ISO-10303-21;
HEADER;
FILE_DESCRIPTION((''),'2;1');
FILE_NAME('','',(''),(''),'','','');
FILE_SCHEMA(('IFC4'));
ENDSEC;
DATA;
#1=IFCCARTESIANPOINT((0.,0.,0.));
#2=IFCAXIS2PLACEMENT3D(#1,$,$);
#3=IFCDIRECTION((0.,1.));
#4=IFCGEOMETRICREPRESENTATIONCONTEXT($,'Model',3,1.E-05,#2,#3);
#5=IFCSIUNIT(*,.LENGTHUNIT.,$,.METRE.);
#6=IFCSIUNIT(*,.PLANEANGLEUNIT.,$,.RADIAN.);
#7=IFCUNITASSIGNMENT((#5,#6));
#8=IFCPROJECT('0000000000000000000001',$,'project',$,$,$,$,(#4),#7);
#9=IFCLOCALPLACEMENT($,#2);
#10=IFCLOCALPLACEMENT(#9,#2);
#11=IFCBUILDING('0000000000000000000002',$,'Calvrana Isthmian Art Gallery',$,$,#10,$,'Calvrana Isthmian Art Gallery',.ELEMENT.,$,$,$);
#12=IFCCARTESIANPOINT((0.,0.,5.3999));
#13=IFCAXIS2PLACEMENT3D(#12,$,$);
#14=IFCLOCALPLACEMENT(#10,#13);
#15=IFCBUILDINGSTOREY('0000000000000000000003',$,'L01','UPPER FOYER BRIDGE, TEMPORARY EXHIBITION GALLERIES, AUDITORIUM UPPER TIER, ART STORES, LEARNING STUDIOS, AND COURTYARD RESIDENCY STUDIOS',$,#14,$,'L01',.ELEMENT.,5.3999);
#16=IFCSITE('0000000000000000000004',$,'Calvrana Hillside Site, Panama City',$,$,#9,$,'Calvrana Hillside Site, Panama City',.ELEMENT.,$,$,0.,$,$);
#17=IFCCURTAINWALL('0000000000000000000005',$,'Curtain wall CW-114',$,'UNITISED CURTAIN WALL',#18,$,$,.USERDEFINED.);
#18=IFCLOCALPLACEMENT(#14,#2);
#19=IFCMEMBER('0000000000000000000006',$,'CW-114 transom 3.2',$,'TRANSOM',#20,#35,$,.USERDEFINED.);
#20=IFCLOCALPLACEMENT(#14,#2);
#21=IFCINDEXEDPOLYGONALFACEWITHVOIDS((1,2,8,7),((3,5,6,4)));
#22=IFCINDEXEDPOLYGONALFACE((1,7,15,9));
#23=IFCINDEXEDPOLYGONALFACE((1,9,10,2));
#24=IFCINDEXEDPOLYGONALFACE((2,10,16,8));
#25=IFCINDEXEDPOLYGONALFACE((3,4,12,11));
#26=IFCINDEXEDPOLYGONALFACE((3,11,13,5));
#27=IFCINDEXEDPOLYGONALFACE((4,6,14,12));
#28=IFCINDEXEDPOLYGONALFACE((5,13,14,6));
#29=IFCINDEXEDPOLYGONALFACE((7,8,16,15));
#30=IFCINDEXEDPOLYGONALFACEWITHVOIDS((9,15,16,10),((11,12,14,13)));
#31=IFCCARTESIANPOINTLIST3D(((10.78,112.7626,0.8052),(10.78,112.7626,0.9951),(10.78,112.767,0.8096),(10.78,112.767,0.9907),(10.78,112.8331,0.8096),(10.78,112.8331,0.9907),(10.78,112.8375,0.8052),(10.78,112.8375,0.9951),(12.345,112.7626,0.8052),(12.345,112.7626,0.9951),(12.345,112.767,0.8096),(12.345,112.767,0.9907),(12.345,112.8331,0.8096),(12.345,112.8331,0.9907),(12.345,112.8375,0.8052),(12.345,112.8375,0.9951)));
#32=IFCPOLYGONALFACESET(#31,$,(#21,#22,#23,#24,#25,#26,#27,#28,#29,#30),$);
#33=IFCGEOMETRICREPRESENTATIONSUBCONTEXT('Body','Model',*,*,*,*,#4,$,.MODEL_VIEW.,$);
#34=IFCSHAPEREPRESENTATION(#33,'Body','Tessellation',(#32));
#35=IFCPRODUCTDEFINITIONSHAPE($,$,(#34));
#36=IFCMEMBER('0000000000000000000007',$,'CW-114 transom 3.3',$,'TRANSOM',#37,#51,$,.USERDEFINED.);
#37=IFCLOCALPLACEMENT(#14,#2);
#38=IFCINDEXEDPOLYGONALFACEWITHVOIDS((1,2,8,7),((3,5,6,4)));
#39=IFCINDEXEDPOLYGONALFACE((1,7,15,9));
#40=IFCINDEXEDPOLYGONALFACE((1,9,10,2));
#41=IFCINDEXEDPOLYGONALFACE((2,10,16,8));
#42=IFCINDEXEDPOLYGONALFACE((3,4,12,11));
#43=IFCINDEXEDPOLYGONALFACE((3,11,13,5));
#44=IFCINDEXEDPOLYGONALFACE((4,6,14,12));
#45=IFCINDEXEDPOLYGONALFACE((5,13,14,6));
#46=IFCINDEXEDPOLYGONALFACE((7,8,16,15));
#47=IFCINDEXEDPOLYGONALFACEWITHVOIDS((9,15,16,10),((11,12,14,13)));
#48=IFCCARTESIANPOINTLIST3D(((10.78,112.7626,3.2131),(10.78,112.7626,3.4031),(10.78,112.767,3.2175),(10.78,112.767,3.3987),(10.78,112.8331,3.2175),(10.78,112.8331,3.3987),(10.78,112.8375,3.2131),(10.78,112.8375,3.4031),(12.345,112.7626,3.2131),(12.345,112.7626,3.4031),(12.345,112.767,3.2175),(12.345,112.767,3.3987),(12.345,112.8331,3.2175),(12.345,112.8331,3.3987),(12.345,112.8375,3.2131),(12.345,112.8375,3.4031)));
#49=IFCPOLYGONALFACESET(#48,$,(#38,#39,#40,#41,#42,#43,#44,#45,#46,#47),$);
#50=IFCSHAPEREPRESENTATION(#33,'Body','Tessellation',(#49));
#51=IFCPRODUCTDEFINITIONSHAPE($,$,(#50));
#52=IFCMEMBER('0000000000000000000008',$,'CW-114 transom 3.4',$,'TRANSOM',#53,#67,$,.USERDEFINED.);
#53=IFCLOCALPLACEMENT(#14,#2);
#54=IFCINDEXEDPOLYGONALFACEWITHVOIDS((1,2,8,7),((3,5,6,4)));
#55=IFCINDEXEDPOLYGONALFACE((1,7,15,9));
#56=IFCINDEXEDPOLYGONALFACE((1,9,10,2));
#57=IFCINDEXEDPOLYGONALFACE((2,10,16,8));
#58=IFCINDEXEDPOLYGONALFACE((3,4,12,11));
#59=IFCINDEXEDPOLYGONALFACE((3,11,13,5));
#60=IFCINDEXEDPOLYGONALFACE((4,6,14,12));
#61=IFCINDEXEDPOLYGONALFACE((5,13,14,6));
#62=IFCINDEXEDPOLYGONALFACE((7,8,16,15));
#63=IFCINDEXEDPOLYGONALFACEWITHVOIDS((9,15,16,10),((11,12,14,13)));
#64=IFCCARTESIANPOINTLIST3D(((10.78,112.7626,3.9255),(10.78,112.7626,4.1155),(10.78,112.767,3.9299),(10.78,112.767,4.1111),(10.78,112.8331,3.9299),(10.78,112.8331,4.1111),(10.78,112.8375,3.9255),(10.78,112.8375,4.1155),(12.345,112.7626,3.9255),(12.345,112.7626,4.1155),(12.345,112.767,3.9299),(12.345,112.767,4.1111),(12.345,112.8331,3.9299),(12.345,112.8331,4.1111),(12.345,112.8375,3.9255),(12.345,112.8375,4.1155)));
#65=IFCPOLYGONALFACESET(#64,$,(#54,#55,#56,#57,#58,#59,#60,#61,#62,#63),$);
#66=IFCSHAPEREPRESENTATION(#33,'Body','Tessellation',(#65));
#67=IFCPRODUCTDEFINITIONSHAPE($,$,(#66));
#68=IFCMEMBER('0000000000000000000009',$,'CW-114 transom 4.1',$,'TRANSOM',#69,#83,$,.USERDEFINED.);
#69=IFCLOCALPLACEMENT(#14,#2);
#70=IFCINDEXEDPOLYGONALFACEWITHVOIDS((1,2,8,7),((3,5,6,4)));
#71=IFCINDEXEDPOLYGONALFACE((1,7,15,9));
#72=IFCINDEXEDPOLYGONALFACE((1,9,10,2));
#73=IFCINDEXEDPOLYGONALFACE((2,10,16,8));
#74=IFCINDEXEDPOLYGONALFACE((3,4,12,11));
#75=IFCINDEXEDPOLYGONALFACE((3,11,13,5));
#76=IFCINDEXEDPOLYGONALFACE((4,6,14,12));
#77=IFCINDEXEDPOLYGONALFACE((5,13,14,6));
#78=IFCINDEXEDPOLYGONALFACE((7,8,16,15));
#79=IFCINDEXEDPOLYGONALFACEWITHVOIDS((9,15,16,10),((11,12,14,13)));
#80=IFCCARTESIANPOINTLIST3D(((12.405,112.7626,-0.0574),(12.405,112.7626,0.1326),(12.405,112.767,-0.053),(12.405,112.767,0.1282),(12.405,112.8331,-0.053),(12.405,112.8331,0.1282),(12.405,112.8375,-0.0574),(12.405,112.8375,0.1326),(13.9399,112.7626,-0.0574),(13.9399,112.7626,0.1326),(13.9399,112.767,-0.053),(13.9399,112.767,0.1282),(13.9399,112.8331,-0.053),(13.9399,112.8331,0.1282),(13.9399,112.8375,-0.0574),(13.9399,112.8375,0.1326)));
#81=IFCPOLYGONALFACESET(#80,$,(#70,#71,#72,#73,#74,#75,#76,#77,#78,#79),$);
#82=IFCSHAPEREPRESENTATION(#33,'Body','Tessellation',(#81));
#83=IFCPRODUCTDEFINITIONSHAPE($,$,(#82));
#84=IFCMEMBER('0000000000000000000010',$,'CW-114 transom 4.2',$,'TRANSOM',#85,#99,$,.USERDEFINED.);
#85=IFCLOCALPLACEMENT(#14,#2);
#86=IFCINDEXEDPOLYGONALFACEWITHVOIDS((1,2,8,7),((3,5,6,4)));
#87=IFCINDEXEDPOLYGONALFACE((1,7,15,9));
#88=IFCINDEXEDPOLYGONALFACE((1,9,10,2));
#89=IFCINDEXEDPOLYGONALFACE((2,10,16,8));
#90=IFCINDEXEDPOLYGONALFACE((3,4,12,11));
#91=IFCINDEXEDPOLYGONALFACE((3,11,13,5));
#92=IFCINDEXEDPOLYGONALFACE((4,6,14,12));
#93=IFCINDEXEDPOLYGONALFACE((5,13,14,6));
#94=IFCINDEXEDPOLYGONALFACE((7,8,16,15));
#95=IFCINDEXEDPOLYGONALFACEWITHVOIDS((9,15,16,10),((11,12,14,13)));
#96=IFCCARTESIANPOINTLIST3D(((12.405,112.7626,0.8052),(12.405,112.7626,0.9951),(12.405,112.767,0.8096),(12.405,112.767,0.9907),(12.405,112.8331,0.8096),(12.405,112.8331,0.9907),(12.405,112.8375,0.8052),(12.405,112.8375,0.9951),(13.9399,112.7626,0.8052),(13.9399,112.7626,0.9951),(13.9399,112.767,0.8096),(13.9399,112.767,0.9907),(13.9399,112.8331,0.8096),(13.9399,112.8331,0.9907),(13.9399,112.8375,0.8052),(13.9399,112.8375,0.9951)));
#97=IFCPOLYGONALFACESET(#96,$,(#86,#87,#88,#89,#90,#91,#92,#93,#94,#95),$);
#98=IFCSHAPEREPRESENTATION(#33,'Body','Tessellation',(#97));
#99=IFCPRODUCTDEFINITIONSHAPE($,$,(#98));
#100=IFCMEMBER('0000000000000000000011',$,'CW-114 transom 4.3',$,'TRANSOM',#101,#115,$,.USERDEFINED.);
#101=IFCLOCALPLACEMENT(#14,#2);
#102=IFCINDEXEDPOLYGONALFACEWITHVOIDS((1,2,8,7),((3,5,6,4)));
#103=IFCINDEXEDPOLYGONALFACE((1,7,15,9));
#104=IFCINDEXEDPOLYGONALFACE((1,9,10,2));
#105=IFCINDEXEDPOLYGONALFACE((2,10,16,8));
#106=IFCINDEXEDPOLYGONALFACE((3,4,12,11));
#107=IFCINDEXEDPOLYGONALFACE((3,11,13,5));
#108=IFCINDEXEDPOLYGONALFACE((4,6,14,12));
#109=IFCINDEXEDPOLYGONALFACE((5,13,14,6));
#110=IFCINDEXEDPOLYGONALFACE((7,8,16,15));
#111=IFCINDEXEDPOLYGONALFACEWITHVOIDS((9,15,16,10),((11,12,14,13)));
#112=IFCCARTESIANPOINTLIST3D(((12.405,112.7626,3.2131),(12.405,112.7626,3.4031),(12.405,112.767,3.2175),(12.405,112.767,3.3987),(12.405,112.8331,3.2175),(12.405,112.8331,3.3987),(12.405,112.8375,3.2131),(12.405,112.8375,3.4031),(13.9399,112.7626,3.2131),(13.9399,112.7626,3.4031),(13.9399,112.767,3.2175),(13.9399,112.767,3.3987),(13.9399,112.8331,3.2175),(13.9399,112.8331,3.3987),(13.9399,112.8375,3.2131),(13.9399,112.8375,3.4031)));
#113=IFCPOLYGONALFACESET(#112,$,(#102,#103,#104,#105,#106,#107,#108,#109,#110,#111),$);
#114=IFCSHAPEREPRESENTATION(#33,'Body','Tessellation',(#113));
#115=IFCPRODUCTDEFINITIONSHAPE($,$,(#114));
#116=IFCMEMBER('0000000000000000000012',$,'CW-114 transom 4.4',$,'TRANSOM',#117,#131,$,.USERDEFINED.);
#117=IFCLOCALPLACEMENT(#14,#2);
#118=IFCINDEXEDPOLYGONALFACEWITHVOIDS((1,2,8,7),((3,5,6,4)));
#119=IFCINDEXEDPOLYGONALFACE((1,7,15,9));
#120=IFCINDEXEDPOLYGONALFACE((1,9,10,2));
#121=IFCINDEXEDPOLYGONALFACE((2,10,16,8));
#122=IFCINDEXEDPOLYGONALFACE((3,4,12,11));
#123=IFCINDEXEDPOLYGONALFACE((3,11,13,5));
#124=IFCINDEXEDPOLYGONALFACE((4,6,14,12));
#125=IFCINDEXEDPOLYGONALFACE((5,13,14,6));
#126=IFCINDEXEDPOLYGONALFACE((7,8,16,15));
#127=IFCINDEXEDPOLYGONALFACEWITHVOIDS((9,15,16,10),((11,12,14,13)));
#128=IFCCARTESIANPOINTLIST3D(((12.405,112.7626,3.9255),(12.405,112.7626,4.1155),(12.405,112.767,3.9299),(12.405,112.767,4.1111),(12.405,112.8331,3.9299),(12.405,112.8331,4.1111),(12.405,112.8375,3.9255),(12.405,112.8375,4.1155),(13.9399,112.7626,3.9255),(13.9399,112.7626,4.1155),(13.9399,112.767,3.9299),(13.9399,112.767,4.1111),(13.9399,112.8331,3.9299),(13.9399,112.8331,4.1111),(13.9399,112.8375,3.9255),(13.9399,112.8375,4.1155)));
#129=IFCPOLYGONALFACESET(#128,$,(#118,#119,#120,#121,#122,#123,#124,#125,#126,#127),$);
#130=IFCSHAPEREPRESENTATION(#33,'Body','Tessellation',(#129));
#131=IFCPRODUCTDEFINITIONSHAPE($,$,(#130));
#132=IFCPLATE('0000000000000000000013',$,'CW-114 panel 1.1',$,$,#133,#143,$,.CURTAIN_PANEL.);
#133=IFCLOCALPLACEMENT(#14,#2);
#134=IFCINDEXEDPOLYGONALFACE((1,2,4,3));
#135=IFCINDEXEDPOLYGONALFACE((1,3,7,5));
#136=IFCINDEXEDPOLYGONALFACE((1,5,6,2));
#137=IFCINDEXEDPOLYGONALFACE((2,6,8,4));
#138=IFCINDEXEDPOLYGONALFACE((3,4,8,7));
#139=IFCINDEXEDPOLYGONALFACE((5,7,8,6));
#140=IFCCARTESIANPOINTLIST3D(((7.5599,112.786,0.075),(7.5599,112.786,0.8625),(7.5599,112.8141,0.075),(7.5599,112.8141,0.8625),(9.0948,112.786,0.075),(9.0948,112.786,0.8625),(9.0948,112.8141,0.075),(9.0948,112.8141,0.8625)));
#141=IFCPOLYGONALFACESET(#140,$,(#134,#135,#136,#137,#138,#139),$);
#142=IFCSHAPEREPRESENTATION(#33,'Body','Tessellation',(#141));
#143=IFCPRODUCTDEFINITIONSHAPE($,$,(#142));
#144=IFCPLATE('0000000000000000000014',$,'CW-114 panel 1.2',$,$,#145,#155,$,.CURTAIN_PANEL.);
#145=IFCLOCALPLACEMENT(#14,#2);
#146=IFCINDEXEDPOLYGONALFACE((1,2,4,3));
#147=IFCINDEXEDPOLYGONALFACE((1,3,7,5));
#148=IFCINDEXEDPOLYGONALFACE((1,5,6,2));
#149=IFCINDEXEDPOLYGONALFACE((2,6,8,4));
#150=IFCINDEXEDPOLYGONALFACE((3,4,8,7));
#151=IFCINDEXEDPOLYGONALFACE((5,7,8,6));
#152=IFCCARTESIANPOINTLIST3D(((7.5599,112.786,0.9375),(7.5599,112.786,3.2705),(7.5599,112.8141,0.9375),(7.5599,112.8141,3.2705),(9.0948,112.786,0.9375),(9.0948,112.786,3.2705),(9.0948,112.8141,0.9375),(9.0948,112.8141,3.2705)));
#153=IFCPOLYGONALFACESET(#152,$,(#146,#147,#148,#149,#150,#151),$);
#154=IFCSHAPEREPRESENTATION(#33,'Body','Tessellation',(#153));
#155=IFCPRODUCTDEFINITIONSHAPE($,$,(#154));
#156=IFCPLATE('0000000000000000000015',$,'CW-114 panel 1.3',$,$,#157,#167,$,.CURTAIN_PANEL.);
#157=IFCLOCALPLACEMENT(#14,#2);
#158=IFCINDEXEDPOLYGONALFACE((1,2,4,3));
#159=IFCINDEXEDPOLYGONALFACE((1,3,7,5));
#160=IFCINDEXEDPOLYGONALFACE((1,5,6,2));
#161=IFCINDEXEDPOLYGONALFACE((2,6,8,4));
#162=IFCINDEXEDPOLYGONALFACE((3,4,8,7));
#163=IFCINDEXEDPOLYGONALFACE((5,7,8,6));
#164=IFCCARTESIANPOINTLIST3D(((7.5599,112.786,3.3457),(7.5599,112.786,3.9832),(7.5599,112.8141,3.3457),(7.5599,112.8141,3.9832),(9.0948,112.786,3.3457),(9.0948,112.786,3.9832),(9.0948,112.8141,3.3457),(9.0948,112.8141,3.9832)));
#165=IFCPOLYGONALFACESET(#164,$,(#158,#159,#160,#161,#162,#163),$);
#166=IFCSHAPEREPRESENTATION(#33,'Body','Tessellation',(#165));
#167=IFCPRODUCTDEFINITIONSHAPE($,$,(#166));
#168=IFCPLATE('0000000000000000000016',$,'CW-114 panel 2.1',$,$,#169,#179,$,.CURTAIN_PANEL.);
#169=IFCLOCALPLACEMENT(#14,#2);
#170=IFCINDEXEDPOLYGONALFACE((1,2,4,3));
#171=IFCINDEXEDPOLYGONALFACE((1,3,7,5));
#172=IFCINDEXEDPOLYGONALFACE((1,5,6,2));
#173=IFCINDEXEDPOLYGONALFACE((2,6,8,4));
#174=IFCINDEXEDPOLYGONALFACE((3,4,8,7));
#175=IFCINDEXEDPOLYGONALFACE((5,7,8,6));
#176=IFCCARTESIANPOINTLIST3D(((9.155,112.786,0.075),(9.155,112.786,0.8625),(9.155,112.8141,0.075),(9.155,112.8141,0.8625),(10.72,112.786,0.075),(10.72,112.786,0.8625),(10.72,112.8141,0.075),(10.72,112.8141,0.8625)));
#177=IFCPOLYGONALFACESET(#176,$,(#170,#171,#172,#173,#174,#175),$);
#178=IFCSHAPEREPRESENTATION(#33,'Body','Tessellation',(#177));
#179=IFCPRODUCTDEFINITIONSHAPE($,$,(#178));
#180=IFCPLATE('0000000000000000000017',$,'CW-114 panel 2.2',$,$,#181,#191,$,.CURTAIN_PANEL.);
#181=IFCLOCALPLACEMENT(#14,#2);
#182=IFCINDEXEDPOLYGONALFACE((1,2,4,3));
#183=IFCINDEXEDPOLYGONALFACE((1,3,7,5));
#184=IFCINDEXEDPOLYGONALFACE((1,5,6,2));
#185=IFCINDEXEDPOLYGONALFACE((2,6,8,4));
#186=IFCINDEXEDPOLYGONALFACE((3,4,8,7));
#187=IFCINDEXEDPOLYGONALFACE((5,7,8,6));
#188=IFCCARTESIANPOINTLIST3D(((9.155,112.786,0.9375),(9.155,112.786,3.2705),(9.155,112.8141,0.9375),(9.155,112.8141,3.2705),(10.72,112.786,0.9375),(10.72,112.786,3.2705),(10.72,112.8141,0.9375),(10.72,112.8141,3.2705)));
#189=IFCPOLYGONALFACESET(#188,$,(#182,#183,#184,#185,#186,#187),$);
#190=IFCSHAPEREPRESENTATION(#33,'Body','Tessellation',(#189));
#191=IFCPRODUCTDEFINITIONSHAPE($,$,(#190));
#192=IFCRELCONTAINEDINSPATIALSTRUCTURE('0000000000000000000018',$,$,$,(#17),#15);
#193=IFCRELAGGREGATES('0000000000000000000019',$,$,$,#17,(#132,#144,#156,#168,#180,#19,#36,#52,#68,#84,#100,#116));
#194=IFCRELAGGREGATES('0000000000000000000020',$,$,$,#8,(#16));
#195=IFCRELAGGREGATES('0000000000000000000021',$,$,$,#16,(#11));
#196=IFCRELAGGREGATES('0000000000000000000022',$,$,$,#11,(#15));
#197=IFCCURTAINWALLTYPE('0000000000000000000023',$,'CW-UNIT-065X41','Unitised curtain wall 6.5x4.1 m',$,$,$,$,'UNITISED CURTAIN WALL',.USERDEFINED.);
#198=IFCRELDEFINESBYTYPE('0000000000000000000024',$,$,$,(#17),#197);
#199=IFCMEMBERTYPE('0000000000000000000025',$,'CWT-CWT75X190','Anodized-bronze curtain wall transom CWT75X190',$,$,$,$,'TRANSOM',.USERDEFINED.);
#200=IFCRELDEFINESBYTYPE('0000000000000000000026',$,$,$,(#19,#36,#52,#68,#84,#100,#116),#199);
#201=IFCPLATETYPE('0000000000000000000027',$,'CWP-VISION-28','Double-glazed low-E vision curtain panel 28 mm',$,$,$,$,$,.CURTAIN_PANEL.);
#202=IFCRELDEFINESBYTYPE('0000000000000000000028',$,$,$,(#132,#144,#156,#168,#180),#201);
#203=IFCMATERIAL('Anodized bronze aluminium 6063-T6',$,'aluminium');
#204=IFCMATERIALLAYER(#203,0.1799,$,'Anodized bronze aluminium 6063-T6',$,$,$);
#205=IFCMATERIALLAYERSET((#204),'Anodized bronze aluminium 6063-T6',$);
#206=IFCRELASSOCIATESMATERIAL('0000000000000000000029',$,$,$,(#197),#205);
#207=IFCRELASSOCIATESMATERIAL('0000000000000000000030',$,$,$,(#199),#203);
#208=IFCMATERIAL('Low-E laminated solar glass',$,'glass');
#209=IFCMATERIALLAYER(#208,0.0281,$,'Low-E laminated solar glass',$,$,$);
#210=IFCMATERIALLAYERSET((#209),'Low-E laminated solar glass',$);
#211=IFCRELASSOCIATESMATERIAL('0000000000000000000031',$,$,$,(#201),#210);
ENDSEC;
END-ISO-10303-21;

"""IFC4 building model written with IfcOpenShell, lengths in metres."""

from ifc_helpers import new_model, si_unit, direction, frame, origin, origin_2d, place, context, subcontext, project, spatial, rectangle, hollow_rectangle, extrude, material, layer, layer_set, material_profile, profile_set, type_object, element, aggregate, save


model = new_model("IFC4")

# Units and contexts
model_context = context("Model", 3, precision=1e-05, world=origin(), true_north=direction((0.0, 1.0)))
body_context = subcontext(model_context, "Body", "Model", "MODEL_VIEW")
ifc_project = project(units=[si_unit("LENGTHUNIT", "METRE"), si_unit("PLANEANGLEUNIT", "RADIAN")], contexts=[model_context])

# Site, building, storey
site_placement = place(None, origin())
site = spatial("IfcSite", under=ifc_project, at=site_placement, Name="Calvrana Hillside Site, Panama City", LongName="Calvrana Hillside Site, Panama City", CompositionType="ELEMENT", RefElevation=0.0)
building_placement = place(site_placement, origin())
building = spatial("IfcBuilding", under=site, at=building_placement, Name="Calvrana Isthmian Art Gallery", LongName="Calvrana Isthmian Art Gallery", CompositionType="ELEMENT")
storey_placement = place(building_placement, frame((0.0, 0.0, 5.3999)))
storey = spatial("IfcBuildingStorey", under=building, at=storey_placement, Name="L01", Description="UPPER FOYER BRIDGE, TEMPORARY EXHIBITION GALLERIES, AUDITORIUM UPPER TIER, ART STORES, LEARNING STUDIOS, AND COURTYARD RESIDENCY STUDIOS", LongName="L01", CompositionType="ELEMENT", Elevation=5.3999)

# Curtain wall, members, plates
ifc_material_1 = material(Name="Anodized bronze aluminium 6063-T6", Category="aluminium")
ifc_layer_1 = layer(ifc_material_1, 0.1799, Name="Anodized bronze aluminium 6063-T6")
ifc_layer_set_1 = layer_set([ifc_layer_1], Name="Anodized bronze aluminium 6063-T6")
curtain_wall_type = type_object("IfcCurtainWallType", Name="CW-UNIT-065X41", Description="Unitised curtain wall 6.5x4.1 m", ElementType="UNITISED CURTAIN WALL", PredefinedType="USERDEFINED", material=ifc_layer_set_1)
curtain_wall_placement = place(storey_placement, origin())
curtain_wall = element("IfcCurtainWall", 1, at=curtain_wall_placement, inside=storey, type_object=curtain_wall_type, Name="Curtain wall CW-114", ObjectType="UNITISED CURTAIN WALL", PredefinedType="USERDEFINED")
ifc_material_profile_1 = material_profile(ifc_material_1, hollow_rectangle(XDim=0.075, YDim=0.1899, WallThickness=0.0044, at=origin_2d()), Name="CWT75X190")
ifc_profile_set_1 = profile_set([ifc_material_profile_1], Name="Anodized bronze aluminium 6063-T6")
member_type_1 = type_object("IfcMemberType", Name="CWT-CWT75X190", Description="Anodized-bronze curtain wall transom CWT75X190", ElementType="TRANSOM", PredefinedType="USERDEFINED", material=ifc_profile_set_1)
member_1_placement = place(storey_placement, frame((10.78, 112.8, 0.9001), z_axis=(1.0, 0.0, 0.0), x_axis=(0.0, 1.0, 0.0)))
member_1 = element("IfcMember", 2, at=member_1_placement, type_object=member_type_1, Name="CW-114 transom 3.2", ObjectType="TRANSOM", PredefinedType="USERDEFINED", context=body_context, shape_type="SweptSolid", body=[
    extrude(hollow_rectangle(XDim=0.075, YDim=0.1899, WallThickness=0.0044, at=origin_2d()), origin(), (0.0, 0.0, 1.0), 1.5649),
])
member_2_placement = place(storey_placement, frame((10.78, 112.8, 3.3081), z_axis=(1.0, 0.0, 0.0), x_axis=(0.0, 1.0, 0.0)))
member_2 = element("IfcMember", 3, at=member_2_placement, type_object=member_type_1, Name="CW-114 transom 3.3", ObjectType="TRANSOM", PredefinedType="USERDEFINED", context=body_context, shape_type="SweptSolid", body=[
    extrude(hollow_rectangle(XDim=0.075, YDim=0.1899, WallThickness=0.0044, at=origin_2d()), origin(), (0.0, 0.0, 1.0), 1.5649),
])
member_3_placement = place(storey_placement, frame((10.78, 112.8, 4.0205), z_axis=(1.0, 0.0, 0.0), x_axis=(0.0, 1.0, 0.0)))
member_3 = element("IfcMember", 4, at=member_3_placement, type_object=member_type_1, Name="CW-114 transom 3.4", ObjectType="TRANSOM", PredefinedType="USERDEFINED", context=body_context, shape_type="SweptSolid", body=[
    extrude(hollow_rectangle(XDim=0.075, YDim=0.1899, WallThickness=0.0044, at=origin_2d()), origin(), (0.0, 0.0, 1.0), 1.5649),
])
member_4_placement = place(storey_placement, frame((12.405, 112.8, 0.0376), z_axis=(1.0, 0.0, 0.0), x_axis=(0.0, 1.0, 0.0)))
member_4 = element("IfcMember", 5, at=member_4_placement, type_object=member_type_1, Name="CW-114 transom 4.1", ObjectType="TRANSOM", PredefinedType="USERDEFINED", context=body_context, shape_type="SweptSolid", body=[
    extrude(hollow_rectangle(XDim=0.075, YDim=0.1899, WallThickness=0.0044, at=origin_2d()), origin(), (0.0, 0.0, 1.0), 1.5349),
])
member_5_placement = place(storey_placement, frame((12.405, 112.8, 0.9001), z_axis=(1.0, 0.0, 0.0), x_axis=(0.0, 1.0, 0.0)))
member_5 = element("IfcMember", 6, at=member_5_placement, type_object=member_type_1, Name="CW-114 transom 4.2", ObjectType="TRANSOM", PredefinedType="USERDEFINED", context=body_context, shape_type="SweptSolid", body=[
    extrude(hollow_rectangle(XDim=0.075, YDim=0.1899, WallThickness=0.0044, at=origin_2d()), origin(), (0.0, 0.0, 1.0), 1.5349),
])
member_6_placement = place(storey_placement, frame((12.405, 112.8, 3.3081), z_axis=(1.0, 0.0, 0.0), x_axis=(0.0, 1.0, 0.0)))
member_6 = element("IfcMember", 7, at=member_6_placement, type_object=member_type_1, Name="CW-114 transom 4.3", ObjectType="TRANSOM", PredefinedType="USERDEFINED", context=body_context, shape_type="SweptSolid", body=[
    extrude(hollow_rectangle(XDim=0.075, YDim=0.1899, WallThickness=0.0044, at=origin_2d()), origin(), (0.0, 0.0, 1.0), 1.5349),
])
member_7_placement = place(storey_placement, frame((12.405, 112.8, 4.0205), z_axis=(1.0, 0.0, 0.0), x_axis=(0.0, 1.0, 0.0)))
member_7 = element("IfcMember", 8, at=member_7_placement, type_object=member_type_1, Name="CW-114 transom 4.4", ObjectType="TRANSOM", PredefinedType="USERDEFINED", context=body_context, shape_type="SweptSolid", body=[
    extrude(hollow_rectangle(XDim=0.075, YDim=0.1899, WallThickness=0.0044, at=origin_2d()), origin(), (0.0, 0.0, 1.0), 1.5349),
])
ifc_material_2 = material(Name="Low-E laminated solar glass", Category="glass")
ifc_layer_2 = layer(ifc_material_2, 0.0281, Name="Low-E laminated solar glass")
ifc_layer_set_2 = layer_set([ifc_layer_2], Name="Low-E laminated solar glass")
plate_type_1 = type_object("IfcPlateType", Name="CWP-VISION-28", Description="Double-glazed low-E vision curtain panel 28 mm", PredefinedType="CURTAIN_PANEL", material=ifc_layer_set_2)
plate_1_placement = place(storey_placement, frame((8.3274, 112.8, 0.075), z_axis=(0.0, 0.0, 1.0), x_axis=(1.0, 0.0, 0.0)))
plate_1 = element("IfcPlate", 9, at=plate_1_placement, type_object=plate_type_1, Name="CW-114 panel 1.1", PredefinedType="CURTAIN_PANEL", context=body_context, shape_type="SweptSolid", body=[
    extrude(rectangle(XDim=1.5349, YDim=0.0281, at=origin_2d()), origin(), (0.0, 0.0, 1.0), 0.7876),
])
plate_2_placement = place(storey_placement, frame((8.3274, 112.8, 0.9375), z_axis=(0.0, 0.0, 1.0), x_axis=(1.0, 0.0, 0.0)))
plate_2 = element("IfcPlate", 10, at=plate_2_placement, type_object=plate_type_1, Name="CW-114 panel 1.2", PredefinedType="CURTAIN_PANEL", context=body_context, shape_type="SweptSolid", body=[
    extrude(rectangle(XDim=1.5349, YDim=0.0281, at=origin_2d()), origin(), (0.0, 0.0, 1.0), 2.333),
])
plate_3_placement = place(storey_placement, frame((8.3274, 112.8, 3.3457), z_axis=(0.0, 0.0, 1.0), x_axis=(1.0, 0.0, 0.0)))
plate_3 = element("IfcPlate", 11, at=plate_3_placement, type_object=plate_type_1, Name="CW-114 panel 1.3", PredefinedType="CURTAIN_PANEL", context=body_context, shape_type="SweptSolid", body=[
    extrude(rectangle(XDim=1.5349, YDim=0.0281, at=origin_2d()), origin(), (0.0, 0.0, 1.0), 0.6375),
])
plate_4_placement = place(storey_placement, frame((9.9375, 112.8, 0.075), z_axis=(0.0, 0.0, 1.0), x_axis=(1.0, 0.0, 0.0)))
plate_4 = element("IfcPlate", 12, at=plate_4_placement, type_object=plate_type_1, Name="CW-114 panel 2.1", PredefinedType="CURTAIN_PANEL", context=body_context, shape_type="SweptSolid", body=[
    extrude(rectangle(XDim=1.5649, YDim=0.0281, at=origin_2d()), origin(), (0.0, 0.0, 1.0), 0.7876),
])
plate_5_placement = place(storey_placement, frame((9.9375, 112.8, 0.9375), z_axis=(0.0, 0.0, 1.0), x_axis=(1.0, 0.0, 0.0)))
plate_5 = element("IfcPlate", 13, at=plate_5_placement, type_object=plate_type_1, Name="CW-114 panel 2.2", PredefinedType="CURTAIN_PANEL", context=body_context, shape_type="SweptSolid", body=[
    extrude(rectangle(XDim=1.5649, YDim=0.0281, at=origin_2d()), origin(), (0.0, 0.0, 1.0), 2.333),
])
aggregate(curtain_wall, [plate_1, plate_2, plate_3, plate_4, plate_5, member_1, member_2, member_3, member_4, member_5, member_6, member_7])

save(model, "model.ifc")
